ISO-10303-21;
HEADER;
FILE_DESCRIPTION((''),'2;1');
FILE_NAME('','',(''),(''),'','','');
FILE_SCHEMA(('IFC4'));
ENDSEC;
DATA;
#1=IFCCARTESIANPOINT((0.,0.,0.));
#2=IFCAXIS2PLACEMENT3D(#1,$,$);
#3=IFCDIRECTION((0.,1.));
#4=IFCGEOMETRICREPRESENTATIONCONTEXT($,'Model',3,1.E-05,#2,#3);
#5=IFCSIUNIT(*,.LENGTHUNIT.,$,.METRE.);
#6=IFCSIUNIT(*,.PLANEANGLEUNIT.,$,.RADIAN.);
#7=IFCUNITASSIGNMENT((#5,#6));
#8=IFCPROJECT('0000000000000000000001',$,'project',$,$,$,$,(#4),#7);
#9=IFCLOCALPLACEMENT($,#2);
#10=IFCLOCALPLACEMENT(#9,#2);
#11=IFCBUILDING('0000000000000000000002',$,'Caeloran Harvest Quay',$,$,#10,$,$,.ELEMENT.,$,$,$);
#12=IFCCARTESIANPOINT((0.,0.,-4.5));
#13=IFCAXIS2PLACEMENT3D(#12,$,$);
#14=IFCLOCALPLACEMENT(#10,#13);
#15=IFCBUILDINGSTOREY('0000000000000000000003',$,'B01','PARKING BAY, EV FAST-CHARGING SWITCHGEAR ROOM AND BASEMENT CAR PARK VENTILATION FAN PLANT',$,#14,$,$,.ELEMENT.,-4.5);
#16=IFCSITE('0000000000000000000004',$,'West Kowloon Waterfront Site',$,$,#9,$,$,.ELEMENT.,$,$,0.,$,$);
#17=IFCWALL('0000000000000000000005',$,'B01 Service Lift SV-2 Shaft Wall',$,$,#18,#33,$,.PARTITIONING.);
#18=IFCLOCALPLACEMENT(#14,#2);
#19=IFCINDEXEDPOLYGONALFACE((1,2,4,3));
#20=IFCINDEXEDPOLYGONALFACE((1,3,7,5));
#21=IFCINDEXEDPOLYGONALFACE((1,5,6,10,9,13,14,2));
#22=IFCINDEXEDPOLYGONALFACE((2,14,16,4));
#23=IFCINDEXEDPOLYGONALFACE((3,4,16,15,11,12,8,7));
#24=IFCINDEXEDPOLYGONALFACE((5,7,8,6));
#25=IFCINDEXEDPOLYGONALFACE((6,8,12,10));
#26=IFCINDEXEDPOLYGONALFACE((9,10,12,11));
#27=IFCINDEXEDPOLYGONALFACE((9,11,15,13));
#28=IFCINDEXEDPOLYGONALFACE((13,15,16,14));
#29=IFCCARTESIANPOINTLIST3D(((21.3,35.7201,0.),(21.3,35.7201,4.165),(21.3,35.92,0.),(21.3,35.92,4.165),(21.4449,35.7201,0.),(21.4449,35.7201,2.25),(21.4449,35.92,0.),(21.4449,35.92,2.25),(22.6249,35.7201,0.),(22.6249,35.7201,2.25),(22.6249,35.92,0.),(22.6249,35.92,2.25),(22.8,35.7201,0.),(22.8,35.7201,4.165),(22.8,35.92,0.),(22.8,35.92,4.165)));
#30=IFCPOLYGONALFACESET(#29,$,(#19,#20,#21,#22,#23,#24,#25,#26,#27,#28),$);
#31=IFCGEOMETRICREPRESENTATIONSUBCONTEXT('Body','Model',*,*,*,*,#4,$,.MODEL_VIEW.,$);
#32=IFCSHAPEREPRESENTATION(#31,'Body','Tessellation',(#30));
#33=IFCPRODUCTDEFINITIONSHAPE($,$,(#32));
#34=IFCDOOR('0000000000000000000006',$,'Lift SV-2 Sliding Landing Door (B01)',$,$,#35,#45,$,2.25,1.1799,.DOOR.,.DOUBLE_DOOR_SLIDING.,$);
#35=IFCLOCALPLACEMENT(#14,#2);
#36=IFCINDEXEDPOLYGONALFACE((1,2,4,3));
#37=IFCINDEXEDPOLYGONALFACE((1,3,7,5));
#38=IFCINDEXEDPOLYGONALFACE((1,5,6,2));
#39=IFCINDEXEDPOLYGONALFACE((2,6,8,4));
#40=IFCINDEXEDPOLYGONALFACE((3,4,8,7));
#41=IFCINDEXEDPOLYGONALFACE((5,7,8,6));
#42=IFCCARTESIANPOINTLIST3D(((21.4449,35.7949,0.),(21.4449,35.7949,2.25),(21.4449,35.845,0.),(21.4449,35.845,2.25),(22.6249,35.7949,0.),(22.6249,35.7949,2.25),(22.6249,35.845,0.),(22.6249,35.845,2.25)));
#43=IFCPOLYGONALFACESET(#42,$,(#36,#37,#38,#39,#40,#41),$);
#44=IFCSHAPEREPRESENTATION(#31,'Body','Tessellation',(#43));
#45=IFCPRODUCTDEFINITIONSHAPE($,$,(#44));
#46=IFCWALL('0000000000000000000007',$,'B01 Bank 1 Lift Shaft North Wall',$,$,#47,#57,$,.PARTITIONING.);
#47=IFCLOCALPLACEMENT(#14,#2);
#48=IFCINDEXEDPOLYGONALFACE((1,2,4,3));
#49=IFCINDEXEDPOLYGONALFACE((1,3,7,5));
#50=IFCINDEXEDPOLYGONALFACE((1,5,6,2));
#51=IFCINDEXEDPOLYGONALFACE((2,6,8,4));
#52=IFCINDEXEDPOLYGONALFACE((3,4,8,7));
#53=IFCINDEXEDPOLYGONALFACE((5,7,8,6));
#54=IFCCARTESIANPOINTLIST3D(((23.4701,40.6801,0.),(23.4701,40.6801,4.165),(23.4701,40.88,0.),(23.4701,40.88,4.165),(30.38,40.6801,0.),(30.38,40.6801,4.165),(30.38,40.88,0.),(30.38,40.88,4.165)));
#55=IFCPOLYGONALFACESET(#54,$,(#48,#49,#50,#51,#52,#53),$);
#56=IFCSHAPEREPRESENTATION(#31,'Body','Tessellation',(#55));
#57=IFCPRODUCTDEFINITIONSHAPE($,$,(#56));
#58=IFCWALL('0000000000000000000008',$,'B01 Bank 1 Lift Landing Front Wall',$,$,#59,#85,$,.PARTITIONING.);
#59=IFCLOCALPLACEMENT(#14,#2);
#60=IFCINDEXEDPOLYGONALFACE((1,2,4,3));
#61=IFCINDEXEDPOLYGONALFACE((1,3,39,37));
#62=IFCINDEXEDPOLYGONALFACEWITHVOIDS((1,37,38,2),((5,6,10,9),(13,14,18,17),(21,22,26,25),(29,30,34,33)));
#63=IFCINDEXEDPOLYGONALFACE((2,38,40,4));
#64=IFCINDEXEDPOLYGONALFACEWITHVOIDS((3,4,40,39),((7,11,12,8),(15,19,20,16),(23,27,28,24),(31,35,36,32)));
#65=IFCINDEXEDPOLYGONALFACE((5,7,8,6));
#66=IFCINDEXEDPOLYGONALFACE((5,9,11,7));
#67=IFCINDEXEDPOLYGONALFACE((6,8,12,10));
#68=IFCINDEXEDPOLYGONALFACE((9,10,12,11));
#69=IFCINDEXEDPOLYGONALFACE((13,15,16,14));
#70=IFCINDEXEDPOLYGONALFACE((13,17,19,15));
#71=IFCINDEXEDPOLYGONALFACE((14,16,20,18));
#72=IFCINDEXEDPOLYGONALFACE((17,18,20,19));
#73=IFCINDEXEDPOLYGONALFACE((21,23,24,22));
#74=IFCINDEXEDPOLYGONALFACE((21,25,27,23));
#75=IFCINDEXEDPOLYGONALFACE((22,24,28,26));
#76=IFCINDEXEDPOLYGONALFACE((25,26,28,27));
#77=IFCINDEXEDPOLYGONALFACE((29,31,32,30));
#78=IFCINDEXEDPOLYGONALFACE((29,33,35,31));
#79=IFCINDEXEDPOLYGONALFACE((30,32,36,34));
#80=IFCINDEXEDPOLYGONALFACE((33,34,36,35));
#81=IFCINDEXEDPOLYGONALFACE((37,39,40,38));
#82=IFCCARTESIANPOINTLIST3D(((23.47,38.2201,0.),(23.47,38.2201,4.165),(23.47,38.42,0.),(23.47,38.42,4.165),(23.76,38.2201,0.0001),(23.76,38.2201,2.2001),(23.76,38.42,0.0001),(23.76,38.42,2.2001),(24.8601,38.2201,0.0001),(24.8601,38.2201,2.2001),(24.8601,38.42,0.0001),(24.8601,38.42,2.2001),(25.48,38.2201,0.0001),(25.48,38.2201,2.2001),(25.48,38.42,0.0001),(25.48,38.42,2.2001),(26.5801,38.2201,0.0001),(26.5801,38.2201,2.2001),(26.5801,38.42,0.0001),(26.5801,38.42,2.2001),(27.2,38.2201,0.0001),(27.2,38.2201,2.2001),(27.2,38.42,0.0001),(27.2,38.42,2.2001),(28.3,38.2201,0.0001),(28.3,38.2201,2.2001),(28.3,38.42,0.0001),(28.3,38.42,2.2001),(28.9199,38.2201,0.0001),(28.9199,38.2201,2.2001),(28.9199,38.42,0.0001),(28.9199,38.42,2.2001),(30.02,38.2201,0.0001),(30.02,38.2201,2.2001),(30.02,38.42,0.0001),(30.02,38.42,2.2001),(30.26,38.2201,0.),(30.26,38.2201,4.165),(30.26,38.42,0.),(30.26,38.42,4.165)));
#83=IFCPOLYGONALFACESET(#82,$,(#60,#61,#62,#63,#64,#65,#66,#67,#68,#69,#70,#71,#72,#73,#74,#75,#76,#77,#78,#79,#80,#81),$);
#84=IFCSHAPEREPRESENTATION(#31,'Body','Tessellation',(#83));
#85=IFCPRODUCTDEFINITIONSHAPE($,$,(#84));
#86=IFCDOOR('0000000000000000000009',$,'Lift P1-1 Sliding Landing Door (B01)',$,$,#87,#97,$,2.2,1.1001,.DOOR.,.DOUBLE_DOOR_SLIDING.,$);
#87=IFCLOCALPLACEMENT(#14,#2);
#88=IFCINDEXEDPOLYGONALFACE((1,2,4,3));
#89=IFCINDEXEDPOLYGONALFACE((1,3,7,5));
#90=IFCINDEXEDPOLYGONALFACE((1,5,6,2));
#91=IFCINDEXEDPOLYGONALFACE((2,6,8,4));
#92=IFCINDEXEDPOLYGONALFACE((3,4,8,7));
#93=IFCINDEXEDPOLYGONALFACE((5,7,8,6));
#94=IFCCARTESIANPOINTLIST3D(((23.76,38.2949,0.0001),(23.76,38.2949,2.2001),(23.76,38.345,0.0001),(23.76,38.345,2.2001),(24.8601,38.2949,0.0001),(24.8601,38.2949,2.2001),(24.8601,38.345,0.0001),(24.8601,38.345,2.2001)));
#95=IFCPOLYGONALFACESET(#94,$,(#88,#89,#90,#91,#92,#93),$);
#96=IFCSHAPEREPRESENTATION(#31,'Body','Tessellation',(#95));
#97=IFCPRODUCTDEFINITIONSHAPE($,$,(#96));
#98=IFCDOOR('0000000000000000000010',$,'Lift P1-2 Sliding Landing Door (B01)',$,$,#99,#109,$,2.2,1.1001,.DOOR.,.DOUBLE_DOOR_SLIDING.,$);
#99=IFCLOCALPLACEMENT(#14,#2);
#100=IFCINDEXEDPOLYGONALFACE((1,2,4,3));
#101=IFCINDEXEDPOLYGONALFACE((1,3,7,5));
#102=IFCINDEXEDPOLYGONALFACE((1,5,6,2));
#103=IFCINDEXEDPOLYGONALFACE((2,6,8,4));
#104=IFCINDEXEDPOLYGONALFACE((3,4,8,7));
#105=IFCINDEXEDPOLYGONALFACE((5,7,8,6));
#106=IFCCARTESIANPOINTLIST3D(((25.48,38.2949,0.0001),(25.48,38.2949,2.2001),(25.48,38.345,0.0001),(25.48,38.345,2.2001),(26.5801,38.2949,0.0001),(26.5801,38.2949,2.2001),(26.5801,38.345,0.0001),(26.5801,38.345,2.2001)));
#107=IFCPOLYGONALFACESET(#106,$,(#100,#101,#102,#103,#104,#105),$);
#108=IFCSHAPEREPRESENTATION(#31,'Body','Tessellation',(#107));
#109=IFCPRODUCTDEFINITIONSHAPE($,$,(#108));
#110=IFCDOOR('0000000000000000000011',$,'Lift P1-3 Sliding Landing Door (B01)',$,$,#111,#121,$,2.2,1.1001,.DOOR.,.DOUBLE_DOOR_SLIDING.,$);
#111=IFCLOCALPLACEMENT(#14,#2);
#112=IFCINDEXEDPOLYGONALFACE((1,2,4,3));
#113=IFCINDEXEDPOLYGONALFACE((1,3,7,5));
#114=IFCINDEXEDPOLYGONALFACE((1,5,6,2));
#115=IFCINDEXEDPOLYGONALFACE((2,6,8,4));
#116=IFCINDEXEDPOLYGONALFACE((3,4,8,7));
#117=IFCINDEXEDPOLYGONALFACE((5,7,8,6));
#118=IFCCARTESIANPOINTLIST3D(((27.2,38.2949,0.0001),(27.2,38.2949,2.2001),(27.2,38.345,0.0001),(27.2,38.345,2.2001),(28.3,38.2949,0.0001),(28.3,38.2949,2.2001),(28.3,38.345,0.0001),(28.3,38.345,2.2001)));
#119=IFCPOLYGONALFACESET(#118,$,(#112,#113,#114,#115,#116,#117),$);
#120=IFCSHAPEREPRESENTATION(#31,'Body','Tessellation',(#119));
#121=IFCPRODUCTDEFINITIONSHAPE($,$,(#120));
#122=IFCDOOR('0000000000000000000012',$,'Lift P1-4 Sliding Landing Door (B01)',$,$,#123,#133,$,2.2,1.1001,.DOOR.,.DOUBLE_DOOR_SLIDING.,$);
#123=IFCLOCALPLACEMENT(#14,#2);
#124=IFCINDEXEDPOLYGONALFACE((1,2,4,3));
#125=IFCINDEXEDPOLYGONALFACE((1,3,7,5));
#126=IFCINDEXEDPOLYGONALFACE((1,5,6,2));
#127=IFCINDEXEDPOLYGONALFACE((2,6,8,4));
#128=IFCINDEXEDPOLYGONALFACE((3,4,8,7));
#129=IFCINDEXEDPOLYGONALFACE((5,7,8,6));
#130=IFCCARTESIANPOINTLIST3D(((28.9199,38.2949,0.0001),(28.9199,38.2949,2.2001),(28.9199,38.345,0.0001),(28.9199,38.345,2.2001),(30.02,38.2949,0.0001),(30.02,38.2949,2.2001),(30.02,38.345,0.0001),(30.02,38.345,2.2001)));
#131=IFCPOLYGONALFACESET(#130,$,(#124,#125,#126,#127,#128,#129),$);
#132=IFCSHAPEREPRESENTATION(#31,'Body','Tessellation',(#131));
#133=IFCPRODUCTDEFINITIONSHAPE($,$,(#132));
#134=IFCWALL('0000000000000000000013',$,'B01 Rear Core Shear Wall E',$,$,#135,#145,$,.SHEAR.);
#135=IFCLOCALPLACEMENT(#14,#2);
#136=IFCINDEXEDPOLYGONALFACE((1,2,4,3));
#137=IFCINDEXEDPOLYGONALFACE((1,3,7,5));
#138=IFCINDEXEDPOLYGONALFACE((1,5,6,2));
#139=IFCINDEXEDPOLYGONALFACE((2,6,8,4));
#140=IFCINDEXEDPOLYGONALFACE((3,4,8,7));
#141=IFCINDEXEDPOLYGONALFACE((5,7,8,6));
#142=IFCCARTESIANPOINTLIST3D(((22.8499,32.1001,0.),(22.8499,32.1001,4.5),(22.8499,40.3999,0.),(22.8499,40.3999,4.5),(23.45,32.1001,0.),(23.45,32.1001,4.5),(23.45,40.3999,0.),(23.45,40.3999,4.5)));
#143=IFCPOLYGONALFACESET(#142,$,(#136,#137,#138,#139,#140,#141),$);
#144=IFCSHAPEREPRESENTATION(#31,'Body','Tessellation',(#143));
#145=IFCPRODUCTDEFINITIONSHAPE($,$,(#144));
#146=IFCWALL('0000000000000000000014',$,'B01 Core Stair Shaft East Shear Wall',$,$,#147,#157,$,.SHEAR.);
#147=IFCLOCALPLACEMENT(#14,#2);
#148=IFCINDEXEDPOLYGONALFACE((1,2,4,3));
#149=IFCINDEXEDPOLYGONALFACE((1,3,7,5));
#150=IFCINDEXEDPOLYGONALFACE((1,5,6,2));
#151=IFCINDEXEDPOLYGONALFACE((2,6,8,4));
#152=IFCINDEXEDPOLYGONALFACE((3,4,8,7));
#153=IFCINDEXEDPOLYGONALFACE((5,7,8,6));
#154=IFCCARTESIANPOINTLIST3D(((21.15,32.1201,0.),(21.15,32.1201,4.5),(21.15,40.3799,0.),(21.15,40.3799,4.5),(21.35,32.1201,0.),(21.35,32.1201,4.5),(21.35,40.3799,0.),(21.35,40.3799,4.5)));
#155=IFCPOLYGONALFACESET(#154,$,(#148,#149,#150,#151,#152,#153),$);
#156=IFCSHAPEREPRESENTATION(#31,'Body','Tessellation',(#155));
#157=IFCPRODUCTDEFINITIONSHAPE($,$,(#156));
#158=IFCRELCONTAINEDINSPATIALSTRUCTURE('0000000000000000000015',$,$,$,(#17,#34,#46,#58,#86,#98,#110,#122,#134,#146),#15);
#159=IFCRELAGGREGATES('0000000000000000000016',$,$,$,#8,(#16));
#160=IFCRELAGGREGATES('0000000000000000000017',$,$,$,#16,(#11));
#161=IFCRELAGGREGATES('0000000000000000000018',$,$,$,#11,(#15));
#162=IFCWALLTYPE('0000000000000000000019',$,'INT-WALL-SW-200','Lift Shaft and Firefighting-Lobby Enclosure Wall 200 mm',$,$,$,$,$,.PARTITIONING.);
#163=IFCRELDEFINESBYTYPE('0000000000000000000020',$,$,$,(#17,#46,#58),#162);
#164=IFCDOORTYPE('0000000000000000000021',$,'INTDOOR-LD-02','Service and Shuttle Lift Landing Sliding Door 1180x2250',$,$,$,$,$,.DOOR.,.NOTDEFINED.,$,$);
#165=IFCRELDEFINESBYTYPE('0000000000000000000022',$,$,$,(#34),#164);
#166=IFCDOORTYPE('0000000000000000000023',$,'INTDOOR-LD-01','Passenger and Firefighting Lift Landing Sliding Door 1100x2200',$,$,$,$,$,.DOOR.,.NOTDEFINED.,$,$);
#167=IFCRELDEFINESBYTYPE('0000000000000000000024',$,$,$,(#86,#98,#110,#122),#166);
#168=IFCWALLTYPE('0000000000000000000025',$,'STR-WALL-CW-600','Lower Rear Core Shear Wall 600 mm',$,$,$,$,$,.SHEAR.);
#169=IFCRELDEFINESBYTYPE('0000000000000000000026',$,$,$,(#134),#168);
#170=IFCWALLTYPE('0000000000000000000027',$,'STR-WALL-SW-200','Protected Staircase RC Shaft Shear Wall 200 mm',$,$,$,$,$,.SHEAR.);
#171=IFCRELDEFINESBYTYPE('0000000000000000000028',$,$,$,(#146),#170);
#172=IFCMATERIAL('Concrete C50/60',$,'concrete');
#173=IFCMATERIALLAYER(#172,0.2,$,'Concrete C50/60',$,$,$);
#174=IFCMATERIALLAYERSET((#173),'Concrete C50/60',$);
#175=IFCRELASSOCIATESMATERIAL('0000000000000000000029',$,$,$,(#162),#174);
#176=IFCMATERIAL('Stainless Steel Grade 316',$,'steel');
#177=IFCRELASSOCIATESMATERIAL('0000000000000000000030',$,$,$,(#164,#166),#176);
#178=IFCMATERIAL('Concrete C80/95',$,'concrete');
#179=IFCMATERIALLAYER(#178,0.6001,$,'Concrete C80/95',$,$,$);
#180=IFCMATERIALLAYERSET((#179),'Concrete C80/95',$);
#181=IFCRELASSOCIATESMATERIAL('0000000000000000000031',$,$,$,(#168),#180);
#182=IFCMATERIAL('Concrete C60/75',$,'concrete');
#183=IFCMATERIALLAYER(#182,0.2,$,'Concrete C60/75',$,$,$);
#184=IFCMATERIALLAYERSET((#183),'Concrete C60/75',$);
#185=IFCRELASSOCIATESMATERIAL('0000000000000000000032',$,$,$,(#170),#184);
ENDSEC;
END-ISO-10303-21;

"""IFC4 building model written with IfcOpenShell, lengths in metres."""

from ifc_helpers import new_model, si_unit, direction, frame, frame_2d, origin, place, context, subcontext, project, spatial, rectangle, extrude, material, layer, layer_set, type_object, element, fill, save


model = new_model("IFC4")

# Units and contexts
model_context = context("Model", 3, precision=1e-05, world=origin(), true_north=direction((0.0, 1.0)))
body_context = subcontext(model_context, "Body", "Model", "MODEL_VIEW")
ifc_project = project(units=[si_unit("LENGTHUNIT", "METRE"), si_unit("PLANEANGLEUNIT", "RADIAN")], contexts=[model_context])

# Site, building, storey
site_placement = place(None, origin())
site = spatial("IfcSite", under=ifc_project, at=site_placement, Name="West Kowloon Waterfront Site", CompositionType="ELEMENT", RefElevation=0.0)
building_placement = place(site_placement, origin())
building = spatial("IfcBuilding", under=site, at=building_placement, Name="Caeloran Harvest Quay", CompositionType="ELEMENT")
storey_placement = place(building_placement, frame((0.0, 0.0, -4.5)))
storey = spatial("IfcBuildingStorey", under=building, at=storey_placement, Name="B01", Description="PARKING BAY, EV FAST-CHARGING SWITCHGEAR ROOM AND BASEMENT CAR PARK VENTILATION FAN PLANT", CompositionType="ELEMENT", Elevation=-4.5)

# Wall, opening, door
ifc_material_1 = material(Name="Concrete C50/60", Category="concrete")
ifc_layer_1 = layer(ifc_material_1, 0.2, Name="Concrete C50/60")
ifc_layer_set_1 = layer_set([ifc_layer_1], Name="Concrete C50/60")
wall_type_1 = type_object("IfcWallType", Name="INT-WALL-SW-200", Description="Lift Shaft and Firefighting-Lobby Enclosure Wall 200 mm", PredefinedType="PARTITIONING", material=ifc_layer_set_1)
wall_1_placement = place(storey_placement, frame((21.3, 35.8201, 0.0), z_axis=(0.0, 0.0, 1.0), x_axis=(1.0, 0.0, 0.0)))
wall_1 = element("IfcWall", 1, at=wall_1_placement, inside=storey, type_object=wall_type_1, Name="B01 Service Lift SV-2 Shaft Wall", PredefinedType="PARTITIONING", context=body_context, shape_type="SweptSolid", body=[
    extrude(rectangle(XDim=1.5, YDim=0.2, at=frame_2d((0.75, 0.0))), origin(), (0.0, 0.0, 1.0), 4.165),
])
opening_1_placement = place(wall_1_placement, frame((0.145, 0.0, 0.0)))
opening_1 = element("IfcOpeningElement", 2, at=opening_1_placement, cuts=wall_1, PredefinedType="OPENING", context=body_context, shape_type="SweptSolid", body=[
    extrude(rectangle(XDim=1.1799, YDim=2.25, at=frame_2d((0.5898, 1.125))), frame((0.0, 0.1099, 0.0), z_axis=(0.0, -1.0, 0.0), x_axis=(1.0, 0.0, 0.0)), (0.0, 0.0, 1.0), 0.22),
])
ifc_material_2 = material(Name="Stainless Steel Grade 316", Category="steel")
door_type_1 = type_object("IfcDoorType", Name="INTDOOR-LD-02", Description="Service and Shuttle Lift Landing Sliding Door 1180x2250", OperationType="NOTDEFINED", PredefinedType="DOOR", material=ifc_material_2)
door_1_placement = place(opening_1_placement, origin())
door_1 = element("IfcDoor", 3, at=door_1_placement, inside=storey, type_object=door_type_1, Name="Lift SV-2 Sliding Landing Door (B01)", OperationType="DOUBLE_DOOR_SLIDING", OverallHeight=2.25, OverallWidth=1.1799, PredefinedType="DOOR", context=body_context, shape_type="SweptSolid", body=[
    extrude(rectangle(XDim=1.1799, YDim=2.25, at=frame_2d((0.5898, 1.125))), frame((0.0, 0.0249, 0.0), z_axis=(0.0, -1.0, 0.0), x_axis=(1.0, 0.0, 0.0)), (0.0, 0.0, 1.0), 0.05),
])
fill(opening_1, door_1)

# Wall
wall_2_placement = place(storey_placement, frame((23.47, 40.78, 0.0), z_axis=(0.0, 0.0, 1.0), x_axis=(1.0, 0.0, 0.0)))
element("IfcWall", 4, at=wall_2_placement, inside=storey, type_object=wall_type_1, Name="B01 Bank 1 Lift Shaft North Wall", PredefinedType="PARTITIONING", context=body_context, shape_type="SweptSolid", body=[
    extrude(rectangle(XDim=6.9099, YDim=0.2, at=frame_2d((3.4551, 0.0))), origin(), (0.0, 0.0, 1.0), 4.165),
])

# Wall, openings, doors
wall_3_placement = place(storey_placement, frame((23.47, 38.3201, 0.0), z_axis=(0.0, 0.0, 1.0), x_axis=(1.0, 0.0, 0.0)))
wall_3 = element("IfcWall", 5, at=wall_3_placement, inside=storey, type_object=wall_type_1, Name="B01 Bank 1 Lift Landing Front Wall", PredefinedType="PARTITIONING", context=body_context, shape_type="SweptSolid", body=[
    extrude(rectangle(XDim=6.79, YDim=0.2, at=frame_2d((3.395, 0.0))), origin(), (0.0, 0.0, 1.0), 4.165),
])
opening_2_placement = place(wall_3_placement, frame((0.29, 0.0, 0.0)))
opening_2 = element("IfcOpeningElement", 6, at=opening_2_placement, cuts=wall_3, PredefinedType="OPENING", context=body_context, shape_type="SweptSolid", body=[
    extrude(rectangle(XDim=1.1001, YDim=2.2, at=frame_2d((0.55, 1.1001))), frame((0.0, 0.1099, 0.0), z_axis=(0.0, -1.0, 0.0), x_axis=(1.0, 0.0, 0.0)), (0.0, 0.0, 1.0), 0.22),
])
opening_3_placement = place(wall_3_placement, frame((2.01, 0.0, 0.0)))
opening_3 = element("IfcOpeningElement", 7, at=opening_3_placement, cuts=wall_3, PredefinedType="OPENING", context=body_context, shape_type="SweptSolid", body=[
    extrude(rectangle(XDim=1.1001, YDim=2.2, at=frame_2d((0.55, 1.1001))), frame((0.0, 0.1099, 0.0), z_axis=(0.0, -1.0, 0.0), x_axis=(1.0, 0.0, 0.0)), (0.0, 0.0, 1.0), 0.22),
])
opening_4_placement = place(wall_3_placement, frame((3.73, 0.0, 0.0)))
opening_4 = element("IfcOpeningElement", 8, at=opening_4_placement, cuts=wall_3, PredefinedType="OPENING", context=body_context, shape_type="SweptSolid", body=[
    extrude(rectangle(XDim=1.1001, YDim=2.2, at=frame_2d((0.55, 1.1001))), frame((0.0, 0.1099, 0.0), z_axis=(0.0, -1.0, 0.0), x_axis=(1.0, 0.0, 0.0)), (0.0, 0.0, 1.0), 0.22),
])
opening_5_placement = place(wall_3_placement, frame((5.45, 0.0, 0.0)))
opening_5 = element("IfcOpeningElement", 9, at=opening_5_placement, cuts=wall_3, PredefinedType="OPENING", context=body_context, shape_type="SweptSolid", body=[
    extrude(rectangle(XDim=1.1001, YDim=2.2, at=frame_2d((0.55, 1.1001))), frame((0.0, 0.1099, 0.0), z_axis=(0.0, -1.0, 0.0), x_axis=(1.0, 0.0, 0.0)), (0.0, 0.0, 1.0), 0.22),
])
door_type_2 = type_object("IfcDoorType", Name="INTDOOR-LD-01", Description="Passenger and Firefighting Lift Landing Sliding Door 1100x2200", OperationType="NOTDEFINED", PredefinedType="DOOR", material=ifc_material_2)
door_2_placement = place(opening_2_placement, origin())
door_2 = element("IfcDoor", 10, at=door_2_placement, inside=storey, type_object=door_type_2, Name="Lift P1-1 Sliding Landing Door (B01)", OperationType="DOUBLE_DOOR_SLIDING", OverallHeight=2.2, OverallWidth=1.1001, PredefinedType="DOOR", context=body_context, shape_type="SweptSolid", body=[
    extrude(rectangle(XDim=1.1001, YDim=2.2, at=frame_2d((0.55, 1.1001))), frame((0.0, 0.0249, 0.0), z_axis=(0.0, -1.0, 0.0), x_axis=(1.0, 0.0, 0.0)), (0.0, 0.0, 1.0), 0.05),
])
fill(opening_2, door_2)
door_3_placement = place(opening_3_placement, origin())
door_3 = element("IfcDoor", 11, at=door_3_placement, inside=storey, type_object=door_type_2, Name="Lift P1-2 Sliding Landing Door (B01)", OperationType="DOUBLE_DOOR_SLIDING", OverallHeight=2.2, OverallWidth=1.1001, PredefinedType="DOOR", context=body_context, shape_type="SweptSolid", body=[
    extrude(rectangle(XDim=1.1001, YDim=2.2, at=frame_2d((0.55, 1.1001))), frame((0.0, 0.0249, 0.0), z_axis=(0.0, -1.0, 0.0), x_axis=(1.0, 0.0, 0.0)), (0.0, 0.0, 1.0), 0.05),
])
fill(opening_3, door_3)
door_4_placement = place(opening_4_placement, origin())
door_4 = element("IfcDoor", 12, at=door_4_placement, inside=storey, type_object=door_type_2, Name="Lift P1-3 Sliding Landing Door (B01)", OperationType="DOUBLE_DOOR_SLIDING", OverallHeight=2.2, OverallWidth=1.1001, PredefinedType="DOOR", context=body_context, shape_type="SweptSolid", body=[
    extrude(rectangle(XDim=1.1001, YDim=2.2, at=frame_2d((0.55, 1.1001))), frame((0.0, 0.0249, 0.0), z_axis=(0.0, -1.0, 0.0), x_axis=(1.0, 0.0, 0.0)), (0.0, 0.0, 1.0), 0.05),
])
fill(opening_4, door_4)
door_5_placement = place(opening_5_placement, origin())
door_5 = element("IfcDoor", 13, at=door_5_placement, inside=storey, type_object=door_type_2, Name="Lift P1-4 Sliding Landing Door (B01)", OperationType="DOUBLE_DOOR_SLIDING", OverallHeight=2.2, OverallWidth=1.1001, PredefinedType="DOOR", context=body_context, shape_type="SweptSolid", body=[
    extrude(rectangle(XDim=1.1001, YDim=2.2, at=frame_2d((0.55, 1.1001))), frame((0.0, 0.0249, 0.0), z_axis=(0.0, -1.0, 0.0), x_axis=(1.0, 0.0, 0.0)), (0.0, 0.0, 1.0), 0.05),
])
fill(opening_5, door_5)

# Walls
ifc_material_3 = material(Name="Concrete C80/95", Category="concrete")
ifc_layer_2 = layer(ifc_material_3, 0.6001, Name="Concrete C80/95")
ifc_layer_set_2 = layer_set([ifc_layer_2], Name="Concrete C80/95")
wall_type_2 = type_object("IfcWallType", Name="STR-WALL-CW-600", Description="Lower Rear Core Shear Wall 600 mm", PredefinedType="SHEAR", material=ifc_layer_set_2)
wall_4_placement = place(storey_placement, frame((23.1499, 32.1001, 0.0), z_axis=(0.0, 0.0, 1.0), x_axis=(0.0, 1.0, 0.0)))
element("IfcWall", 14, at=wall_4_placement, inside=storey, type_object=wall_type_2, Name="B01 Rear Core Shear Wall E", PredefinedType="SHEAR", context=body_context, shape_type="SweptSolid", body=[
    extrude(rectangle(XDim=8.2998, YDim=0.6001, at=frame_2d((4.1499, 0.0))), origin(), (0.0, 0.0, 1.0), 4.5),
])
ifc_material_4 = material(Name="Concrete C60/75", Category="concrete")
ifc_layer_3 = layer(ifc_material_4, 0.2, Name="Concrete C60/75")
ifc_layer_set_3 = layer_set([ifc_layer_3], Name="Concrete C60/75")
wall_type_3 = type_object("IfcWallType", Name="STR-WALL-SW-200", Description="Protected Staircase RC Shaft Shear Wall 200 mm", PredefinedType="SHEAR", material=ifc_layer_set_3)
wall_5_placement = place(storey_placement, frame((21.25, 32.1201, 0.0), z_axis=(0.0, 0.0, 1.0), x_axis=(0.0, 1.0, 0.0)))
element("IfcWall", 15, at=wall_5_placement, inside=storey, type_object=wall_type_3, Name="B01 Core Stair Shaft East Shear Wall", PredefinedType="SHEAR", context=body_context, shape_type="SweptSolid", body=[
    extrude(rectangle(XDim=8.2598, YDim=0.2, at=frame_2d((4.1299, 0.0))), origin(), (0.0, 0.0, 1.0), 4.5),
])

save(model, "model.ifc")
